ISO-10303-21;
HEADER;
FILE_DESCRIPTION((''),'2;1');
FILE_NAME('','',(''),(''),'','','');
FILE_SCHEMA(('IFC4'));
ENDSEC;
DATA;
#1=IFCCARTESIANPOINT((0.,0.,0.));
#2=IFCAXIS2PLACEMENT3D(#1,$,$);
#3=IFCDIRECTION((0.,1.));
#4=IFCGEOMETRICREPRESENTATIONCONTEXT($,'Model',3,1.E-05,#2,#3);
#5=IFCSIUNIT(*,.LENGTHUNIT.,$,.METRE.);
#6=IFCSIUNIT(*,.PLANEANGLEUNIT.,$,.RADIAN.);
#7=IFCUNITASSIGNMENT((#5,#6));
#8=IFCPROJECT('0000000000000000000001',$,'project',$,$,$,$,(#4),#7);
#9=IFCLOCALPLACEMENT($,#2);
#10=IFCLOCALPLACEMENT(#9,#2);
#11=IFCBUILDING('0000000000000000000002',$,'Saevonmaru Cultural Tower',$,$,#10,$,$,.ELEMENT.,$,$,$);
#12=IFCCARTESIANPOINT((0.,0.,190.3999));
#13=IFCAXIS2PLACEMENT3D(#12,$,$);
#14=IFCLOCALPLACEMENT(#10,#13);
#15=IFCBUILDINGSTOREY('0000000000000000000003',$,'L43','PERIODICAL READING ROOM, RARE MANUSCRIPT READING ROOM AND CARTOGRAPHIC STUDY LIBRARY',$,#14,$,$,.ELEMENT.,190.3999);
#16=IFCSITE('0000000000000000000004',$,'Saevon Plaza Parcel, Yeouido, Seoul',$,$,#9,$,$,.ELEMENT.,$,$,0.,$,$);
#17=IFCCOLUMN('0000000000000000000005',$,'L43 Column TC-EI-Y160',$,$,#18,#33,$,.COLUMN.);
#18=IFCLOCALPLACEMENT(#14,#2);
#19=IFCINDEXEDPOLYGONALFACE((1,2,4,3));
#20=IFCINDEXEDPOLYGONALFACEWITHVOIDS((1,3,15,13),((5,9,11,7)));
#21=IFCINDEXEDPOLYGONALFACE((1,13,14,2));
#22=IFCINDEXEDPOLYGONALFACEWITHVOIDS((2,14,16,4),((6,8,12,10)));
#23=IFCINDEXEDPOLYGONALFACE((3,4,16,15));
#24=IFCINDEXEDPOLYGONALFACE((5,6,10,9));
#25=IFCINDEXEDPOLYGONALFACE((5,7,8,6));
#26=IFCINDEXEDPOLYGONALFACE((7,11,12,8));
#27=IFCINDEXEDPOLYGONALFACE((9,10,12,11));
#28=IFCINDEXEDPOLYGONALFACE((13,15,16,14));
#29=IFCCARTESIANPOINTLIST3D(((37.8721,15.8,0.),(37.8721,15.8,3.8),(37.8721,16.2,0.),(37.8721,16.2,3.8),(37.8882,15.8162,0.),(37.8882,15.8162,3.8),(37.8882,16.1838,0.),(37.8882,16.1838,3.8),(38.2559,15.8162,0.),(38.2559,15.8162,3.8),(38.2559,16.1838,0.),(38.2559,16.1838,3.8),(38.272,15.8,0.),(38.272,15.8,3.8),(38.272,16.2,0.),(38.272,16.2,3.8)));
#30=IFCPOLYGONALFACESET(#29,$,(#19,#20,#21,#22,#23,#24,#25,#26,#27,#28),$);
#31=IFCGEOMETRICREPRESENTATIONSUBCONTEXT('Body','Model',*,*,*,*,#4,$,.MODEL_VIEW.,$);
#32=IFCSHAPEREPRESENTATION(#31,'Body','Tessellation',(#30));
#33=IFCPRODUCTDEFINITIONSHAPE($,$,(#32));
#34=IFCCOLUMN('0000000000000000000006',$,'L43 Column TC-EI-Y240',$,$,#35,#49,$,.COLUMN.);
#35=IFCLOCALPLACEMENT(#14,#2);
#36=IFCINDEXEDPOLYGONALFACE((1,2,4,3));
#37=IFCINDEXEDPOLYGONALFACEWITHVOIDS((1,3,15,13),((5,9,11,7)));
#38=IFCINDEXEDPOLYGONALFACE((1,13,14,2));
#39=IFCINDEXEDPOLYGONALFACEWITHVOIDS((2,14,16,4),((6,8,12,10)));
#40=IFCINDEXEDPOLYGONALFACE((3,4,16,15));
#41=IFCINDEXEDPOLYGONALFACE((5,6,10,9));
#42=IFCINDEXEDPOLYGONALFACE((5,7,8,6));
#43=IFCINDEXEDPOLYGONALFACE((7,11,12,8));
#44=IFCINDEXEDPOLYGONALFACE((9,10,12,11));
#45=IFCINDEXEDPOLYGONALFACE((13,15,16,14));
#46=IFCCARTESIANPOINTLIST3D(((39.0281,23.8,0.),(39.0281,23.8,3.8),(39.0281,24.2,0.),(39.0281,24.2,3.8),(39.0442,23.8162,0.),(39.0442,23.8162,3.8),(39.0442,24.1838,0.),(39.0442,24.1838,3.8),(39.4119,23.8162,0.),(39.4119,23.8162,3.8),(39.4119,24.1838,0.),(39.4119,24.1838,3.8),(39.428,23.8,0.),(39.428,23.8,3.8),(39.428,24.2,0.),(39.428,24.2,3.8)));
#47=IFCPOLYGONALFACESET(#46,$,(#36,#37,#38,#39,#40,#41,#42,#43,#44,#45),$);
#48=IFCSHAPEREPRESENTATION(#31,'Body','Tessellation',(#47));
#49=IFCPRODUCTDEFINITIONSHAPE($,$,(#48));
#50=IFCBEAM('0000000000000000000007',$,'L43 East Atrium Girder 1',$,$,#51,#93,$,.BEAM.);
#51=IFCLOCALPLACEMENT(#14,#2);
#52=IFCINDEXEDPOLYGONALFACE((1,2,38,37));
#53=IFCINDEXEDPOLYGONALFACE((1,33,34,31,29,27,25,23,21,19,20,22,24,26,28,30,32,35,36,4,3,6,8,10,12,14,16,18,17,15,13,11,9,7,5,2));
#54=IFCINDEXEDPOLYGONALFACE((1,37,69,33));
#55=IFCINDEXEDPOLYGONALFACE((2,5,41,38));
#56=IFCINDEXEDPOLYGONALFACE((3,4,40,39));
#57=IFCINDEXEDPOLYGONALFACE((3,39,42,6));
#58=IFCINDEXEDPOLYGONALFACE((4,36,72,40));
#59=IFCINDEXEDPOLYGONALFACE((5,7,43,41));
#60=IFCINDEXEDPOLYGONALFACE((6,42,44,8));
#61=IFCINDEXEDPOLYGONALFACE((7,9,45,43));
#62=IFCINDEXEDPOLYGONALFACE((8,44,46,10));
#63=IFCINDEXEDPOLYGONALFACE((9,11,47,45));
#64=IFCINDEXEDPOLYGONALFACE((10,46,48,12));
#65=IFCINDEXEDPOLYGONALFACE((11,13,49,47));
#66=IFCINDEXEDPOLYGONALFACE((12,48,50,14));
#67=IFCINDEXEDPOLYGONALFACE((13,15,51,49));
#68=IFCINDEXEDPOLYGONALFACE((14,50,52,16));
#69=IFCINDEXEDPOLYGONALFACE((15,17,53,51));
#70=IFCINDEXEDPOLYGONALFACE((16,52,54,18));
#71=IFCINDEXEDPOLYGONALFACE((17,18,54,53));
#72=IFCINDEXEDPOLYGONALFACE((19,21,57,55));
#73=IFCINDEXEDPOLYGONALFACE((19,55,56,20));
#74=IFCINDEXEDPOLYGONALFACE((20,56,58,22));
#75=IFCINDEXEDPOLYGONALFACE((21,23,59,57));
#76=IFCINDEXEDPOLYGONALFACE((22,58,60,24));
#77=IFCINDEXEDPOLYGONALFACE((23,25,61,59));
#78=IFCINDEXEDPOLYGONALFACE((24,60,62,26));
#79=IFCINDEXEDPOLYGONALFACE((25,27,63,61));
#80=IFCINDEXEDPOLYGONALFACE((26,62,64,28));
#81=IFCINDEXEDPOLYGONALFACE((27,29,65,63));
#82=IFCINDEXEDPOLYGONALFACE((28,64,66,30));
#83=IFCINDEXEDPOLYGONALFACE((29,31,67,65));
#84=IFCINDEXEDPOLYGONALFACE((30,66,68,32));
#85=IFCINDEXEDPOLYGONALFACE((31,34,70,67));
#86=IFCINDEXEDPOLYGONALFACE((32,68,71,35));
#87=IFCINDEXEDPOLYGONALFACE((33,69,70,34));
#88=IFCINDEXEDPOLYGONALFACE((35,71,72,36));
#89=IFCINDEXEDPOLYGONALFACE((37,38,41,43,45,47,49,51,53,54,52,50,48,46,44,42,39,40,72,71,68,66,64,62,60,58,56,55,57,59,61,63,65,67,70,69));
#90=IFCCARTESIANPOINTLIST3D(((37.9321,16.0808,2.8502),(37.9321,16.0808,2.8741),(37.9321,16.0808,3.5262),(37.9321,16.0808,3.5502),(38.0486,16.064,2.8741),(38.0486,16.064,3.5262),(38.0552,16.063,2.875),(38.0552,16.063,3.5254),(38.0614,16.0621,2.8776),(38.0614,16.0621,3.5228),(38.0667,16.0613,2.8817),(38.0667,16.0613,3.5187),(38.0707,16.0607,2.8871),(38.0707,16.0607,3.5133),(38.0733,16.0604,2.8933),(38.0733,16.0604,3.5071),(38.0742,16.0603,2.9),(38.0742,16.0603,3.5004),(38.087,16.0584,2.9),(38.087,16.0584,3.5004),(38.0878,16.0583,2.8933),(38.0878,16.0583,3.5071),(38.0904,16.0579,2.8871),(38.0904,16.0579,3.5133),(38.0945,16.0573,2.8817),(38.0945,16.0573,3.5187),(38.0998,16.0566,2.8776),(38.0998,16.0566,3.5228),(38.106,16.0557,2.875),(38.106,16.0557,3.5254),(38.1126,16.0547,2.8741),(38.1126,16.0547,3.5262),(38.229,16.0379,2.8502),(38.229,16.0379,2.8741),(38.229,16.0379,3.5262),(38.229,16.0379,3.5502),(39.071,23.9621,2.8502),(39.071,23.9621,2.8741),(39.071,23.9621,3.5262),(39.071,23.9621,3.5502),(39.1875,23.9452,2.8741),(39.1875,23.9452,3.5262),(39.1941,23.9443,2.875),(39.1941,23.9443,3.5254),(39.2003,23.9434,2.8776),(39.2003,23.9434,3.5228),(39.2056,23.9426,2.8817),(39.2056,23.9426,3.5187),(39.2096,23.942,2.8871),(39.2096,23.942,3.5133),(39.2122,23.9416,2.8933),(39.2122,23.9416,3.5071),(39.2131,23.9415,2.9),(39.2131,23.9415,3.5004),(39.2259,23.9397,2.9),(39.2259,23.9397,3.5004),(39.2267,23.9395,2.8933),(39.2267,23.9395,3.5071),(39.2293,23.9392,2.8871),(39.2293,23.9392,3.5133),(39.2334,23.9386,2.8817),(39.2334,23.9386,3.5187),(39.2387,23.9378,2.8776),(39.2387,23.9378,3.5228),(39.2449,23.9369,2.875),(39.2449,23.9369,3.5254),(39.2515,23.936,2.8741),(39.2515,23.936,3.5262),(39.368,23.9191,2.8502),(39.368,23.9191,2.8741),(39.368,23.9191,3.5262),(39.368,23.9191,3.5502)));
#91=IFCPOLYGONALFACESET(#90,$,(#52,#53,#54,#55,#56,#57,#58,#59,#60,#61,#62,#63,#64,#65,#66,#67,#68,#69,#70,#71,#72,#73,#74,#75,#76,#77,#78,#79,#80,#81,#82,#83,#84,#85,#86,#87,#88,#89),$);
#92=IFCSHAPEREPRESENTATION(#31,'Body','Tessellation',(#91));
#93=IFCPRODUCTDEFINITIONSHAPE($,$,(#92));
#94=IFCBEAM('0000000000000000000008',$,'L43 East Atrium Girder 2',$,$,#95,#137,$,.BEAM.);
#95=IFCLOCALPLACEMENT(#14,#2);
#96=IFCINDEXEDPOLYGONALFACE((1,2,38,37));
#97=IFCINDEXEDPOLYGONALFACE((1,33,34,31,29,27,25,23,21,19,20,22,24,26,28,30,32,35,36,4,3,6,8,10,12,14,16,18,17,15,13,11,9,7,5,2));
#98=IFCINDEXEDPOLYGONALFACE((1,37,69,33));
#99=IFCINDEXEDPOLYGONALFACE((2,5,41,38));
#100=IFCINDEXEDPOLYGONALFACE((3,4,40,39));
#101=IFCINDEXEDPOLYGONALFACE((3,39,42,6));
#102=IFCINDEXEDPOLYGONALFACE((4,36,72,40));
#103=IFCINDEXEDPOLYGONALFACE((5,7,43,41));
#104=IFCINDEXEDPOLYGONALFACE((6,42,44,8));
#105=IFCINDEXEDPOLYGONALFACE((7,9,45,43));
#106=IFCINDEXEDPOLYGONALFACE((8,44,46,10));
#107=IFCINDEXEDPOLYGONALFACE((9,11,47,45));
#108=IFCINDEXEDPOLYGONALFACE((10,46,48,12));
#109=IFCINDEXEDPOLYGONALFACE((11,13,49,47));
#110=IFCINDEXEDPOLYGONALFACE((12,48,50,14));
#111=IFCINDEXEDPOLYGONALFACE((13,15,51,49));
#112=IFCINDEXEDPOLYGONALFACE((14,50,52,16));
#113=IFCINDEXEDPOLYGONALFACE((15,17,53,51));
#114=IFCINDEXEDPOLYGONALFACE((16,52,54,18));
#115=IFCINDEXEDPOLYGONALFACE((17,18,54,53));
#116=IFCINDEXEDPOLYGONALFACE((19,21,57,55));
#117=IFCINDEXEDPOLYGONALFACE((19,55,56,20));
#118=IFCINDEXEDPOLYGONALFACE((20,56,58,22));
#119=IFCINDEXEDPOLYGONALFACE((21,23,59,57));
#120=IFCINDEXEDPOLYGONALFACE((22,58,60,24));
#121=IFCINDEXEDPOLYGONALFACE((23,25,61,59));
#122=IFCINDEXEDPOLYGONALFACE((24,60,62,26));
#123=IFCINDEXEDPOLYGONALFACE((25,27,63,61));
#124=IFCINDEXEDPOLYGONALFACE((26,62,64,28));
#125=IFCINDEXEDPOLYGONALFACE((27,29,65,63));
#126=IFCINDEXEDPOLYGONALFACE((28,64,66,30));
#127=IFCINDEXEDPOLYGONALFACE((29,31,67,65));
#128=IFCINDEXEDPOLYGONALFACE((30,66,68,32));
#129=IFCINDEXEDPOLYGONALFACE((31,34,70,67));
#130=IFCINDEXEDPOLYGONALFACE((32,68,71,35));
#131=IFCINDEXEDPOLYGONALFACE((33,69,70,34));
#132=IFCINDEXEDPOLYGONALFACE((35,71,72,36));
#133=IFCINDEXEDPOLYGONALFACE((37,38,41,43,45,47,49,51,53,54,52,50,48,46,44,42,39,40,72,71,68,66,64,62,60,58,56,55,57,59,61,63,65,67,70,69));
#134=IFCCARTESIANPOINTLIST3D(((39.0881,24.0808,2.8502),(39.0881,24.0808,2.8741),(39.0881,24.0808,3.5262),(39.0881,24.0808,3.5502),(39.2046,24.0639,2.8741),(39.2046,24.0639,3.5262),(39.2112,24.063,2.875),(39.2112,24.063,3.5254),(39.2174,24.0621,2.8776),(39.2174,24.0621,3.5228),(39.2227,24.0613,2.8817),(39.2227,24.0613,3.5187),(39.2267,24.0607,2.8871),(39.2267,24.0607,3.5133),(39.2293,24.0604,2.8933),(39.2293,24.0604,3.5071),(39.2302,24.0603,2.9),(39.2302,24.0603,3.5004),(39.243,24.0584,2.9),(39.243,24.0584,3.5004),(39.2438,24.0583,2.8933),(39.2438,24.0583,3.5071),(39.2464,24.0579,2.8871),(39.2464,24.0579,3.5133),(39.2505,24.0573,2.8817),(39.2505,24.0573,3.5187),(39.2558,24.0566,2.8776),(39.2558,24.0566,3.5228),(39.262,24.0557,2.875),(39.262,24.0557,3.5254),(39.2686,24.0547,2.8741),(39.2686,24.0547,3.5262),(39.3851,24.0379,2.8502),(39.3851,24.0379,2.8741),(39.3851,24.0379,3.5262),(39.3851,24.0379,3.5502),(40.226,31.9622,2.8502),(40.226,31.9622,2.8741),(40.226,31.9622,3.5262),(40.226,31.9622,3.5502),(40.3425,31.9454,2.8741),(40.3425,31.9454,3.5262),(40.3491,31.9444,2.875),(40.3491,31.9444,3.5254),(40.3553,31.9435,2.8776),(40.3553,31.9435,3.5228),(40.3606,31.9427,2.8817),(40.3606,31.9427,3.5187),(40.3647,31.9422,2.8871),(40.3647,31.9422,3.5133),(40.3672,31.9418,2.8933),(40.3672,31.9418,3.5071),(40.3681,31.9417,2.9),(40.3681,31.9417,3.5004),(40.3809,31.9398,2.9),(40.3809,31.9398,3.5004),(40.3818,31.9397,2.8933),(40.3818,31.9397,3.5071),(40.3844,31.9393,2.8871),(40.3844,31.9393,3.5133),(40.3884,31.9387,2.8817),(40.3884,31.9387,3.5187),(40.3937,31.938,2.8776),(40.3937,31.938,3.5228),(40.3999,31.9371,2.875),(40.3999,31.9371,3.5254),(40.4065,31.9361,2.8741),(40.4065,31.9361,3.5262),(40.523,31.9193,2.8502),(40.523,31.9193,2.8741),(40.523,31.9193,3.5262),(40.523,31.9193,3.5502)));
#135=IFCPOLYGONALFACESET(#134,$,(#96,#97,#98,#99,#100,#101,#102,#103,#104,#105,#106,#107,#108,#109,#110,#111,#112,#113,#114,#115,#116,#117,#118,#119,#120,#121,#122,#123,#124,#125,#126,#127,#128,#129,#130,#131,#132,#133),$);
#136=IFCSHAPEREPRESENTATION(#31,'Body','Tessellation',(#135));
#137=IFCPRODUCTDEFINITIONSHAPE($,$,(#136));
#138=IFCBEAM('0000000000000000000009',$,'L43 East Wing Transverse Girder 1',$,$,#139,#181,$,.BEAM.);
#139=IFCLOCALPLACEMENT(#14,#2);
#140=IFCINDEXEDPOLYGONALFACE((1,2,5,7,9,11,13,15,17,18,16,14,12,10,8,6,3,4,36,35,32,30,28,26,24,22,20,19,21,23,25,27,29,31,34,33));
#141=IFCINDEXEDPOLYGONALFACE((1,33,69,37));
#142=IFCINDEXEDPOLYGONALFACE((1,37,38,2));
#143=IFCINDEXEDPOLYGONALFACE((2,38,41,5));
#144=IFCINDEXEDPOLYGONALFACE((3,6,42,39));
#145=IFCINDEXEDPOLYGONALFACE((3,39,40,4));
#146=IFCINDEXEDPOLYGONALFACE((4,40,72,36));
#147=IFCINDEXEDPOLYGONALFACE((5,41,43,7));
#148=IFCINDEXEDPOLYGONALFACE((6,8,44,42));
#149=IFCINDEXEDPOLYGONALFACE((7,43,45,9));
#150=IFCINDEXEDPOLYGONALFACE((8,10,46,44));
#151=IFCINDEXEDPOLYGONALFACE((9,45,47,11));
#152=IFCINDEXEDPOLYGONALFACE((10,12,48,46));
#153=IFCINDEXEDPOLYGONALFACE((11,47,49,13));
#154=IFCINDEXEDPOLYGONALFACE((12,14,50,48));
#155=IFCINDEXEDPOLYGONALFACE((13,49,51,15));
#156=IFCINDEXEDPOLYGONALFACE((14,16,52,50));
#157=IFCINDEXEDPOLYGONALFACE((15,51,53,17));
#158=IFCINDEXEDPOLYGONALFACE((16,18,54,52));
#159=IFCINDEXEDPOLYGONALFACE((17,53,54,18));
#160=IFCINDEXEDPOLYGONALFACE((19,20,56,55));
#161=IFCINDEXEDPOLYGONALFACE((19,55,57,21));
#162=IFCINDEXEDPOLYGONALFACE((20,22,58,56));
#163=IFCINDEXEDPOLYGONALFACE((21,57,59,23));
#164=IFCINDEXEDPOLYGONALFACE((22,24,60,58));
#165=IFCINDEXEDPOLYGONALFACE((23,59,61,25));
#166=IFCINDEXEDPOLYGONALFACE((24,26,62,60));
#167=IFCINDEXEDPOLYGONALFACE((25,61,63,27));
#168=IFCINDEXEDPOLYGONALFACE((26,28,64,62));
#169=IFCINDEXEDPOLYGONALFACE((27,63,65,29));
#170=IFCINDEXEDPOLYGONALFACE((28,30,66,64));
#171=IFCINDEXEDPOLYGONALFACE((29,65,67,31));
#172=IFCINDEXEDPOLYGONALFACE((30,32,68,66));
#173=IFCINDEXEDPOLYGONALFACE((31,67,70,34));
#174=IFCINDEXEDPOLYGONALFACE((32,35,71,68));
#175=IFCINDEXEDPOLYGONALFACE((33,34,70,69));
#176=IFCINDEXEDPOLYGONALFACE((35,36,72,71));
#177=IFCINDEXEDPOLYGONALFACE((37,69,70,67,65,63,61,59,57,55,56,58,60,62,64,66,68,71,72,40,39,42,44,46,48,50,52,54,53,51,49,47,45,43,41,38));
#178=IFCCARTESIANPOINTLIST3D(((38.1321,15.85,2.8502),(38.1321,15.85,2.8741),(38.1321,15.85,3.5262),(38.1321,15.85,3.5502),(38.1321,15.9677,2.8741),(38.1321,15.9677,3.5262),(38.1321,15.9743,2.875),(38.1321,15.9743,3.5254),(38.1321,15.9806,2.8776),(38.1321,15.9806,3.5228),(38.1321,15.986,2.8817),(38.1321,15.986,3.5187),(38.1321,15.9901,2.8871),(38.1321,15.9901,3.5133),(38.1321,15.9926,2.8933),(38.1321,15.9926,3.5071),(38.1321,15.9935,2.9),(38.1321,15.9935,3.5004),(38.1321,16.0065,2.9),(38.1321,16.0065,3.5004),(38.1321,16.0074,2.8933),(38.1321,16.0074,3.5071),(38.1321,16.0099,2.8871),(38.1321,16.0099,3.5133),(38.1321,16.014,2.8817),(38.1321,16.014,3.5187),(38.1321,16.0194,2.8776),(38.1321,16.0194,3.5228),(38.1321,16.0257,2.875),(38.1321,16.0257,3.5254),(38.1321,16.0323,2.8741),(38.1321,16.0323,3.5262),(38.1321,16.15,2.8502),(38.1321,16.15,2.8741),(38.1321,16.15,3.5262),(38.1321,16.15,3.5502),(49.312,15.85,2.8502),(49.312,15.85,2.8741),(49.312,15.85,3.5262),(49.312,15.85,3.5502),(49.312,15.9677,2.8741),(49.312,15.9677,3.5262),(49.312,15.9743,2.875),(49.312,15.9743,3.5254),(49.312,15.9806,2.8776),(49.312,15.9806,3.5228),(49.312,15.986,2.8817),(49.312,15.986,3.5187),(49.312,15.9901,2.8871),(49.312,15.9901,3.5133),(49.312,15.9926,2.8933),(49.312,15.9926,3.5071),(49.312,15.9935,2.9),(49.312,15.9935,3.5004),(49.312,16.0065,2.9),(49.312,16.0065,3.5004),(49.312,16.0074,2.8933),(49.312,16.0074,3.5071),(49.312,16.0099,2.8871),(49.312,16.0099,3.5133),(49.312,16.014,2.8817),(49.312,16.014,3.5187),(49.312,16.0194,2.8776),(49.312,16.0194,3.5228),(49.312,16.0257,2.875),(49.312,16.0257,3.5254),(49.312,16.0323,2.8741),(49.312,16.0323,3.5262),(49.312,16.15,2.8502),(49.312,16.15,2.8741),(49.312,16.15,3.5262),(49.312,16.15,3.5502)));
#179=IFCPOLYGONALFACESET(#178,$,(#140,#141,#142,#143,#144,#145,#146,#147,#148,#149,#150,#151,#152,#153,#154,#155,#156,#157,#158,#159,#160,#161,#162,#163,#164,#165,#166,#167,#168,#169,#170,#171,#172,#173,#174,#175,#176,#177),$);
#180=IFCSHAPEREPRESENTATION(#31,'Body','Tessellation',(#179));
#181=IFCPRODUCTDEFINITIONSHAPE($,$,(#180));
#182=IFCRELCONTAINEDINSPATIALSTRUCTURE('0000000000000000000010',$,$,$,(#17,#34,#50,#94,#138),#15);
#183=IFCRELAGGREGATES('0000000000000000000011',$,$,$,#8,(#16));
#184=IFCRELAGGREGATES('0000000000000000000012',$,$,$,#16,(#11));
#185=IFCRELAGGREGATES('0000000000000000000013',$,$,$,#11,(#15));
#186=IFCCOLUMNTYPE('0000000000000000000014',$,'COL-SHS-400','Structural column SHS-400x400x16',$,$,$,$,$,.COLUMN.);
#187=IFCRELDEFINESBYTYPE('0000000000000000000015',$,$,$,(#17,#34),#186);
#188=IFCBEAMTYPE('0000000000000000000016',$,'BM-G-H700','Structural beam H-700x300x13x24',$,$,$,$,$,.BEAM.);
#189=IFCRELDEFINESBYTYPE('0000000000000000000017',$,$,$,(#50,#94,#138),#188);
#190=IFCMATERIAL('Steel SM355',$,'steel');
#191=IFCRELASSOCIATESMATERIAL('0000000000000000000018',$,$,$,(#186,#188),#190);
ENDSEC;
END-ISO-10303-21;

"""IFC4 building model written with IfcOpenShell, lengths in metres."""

from ifc_helpers import new_model, si_unit, direction, frame, origin, origin_2d, place, context, subcontext, project, spatial, hollow_rectangle, i_section, extrude, material, material_profile, profile_set, type_object, element, save


model = new_model("IFC4")

# Units and contexts
model_context = context("Model", 3, precision=1e-05, world=origin(), true_north=direction((0.0, 1.0)))
body_context = subcontext(model_context, "Body", "Model", "MODEL_VIEW")
ifc_project = project(units=[si_unit("LENGTHUNIT", "METRE"), si_unit("PLANEANGLEUNIT", "RADIAN")], contexts=[model_context])

# Site, building, storey
site_placement = place(None, origin())
site = spatial("IfcSite", under=ifc_project, at=site_placement, Name="Saevon Plaza Parcel, Yeouido, Seoul", CompositionType="ELEMENT", RefElevation=0.0)
building_placement = place(site_placement, origin())
building = spatial("IfcBuilding", under=site, at=building_placement, Name="Saevonmaru Cultural Tower", CompositionType="ELEMENT")
storey_placement = place(building_placement, frame((0.0, 0.0, 190.3999)))
storey = spatial("IfcBuildingStorey", under=building, at=storey_placement, Name="L43", Description="PERIODICAL READING ROOM, RARE MANUSCRIPT READING ROOM AND CARTOGRAPHIC STUDY LIBRARY", CompositionType="ELEMENT", Elevation=190.3999)

# Columns
ifc_material_1 = material(Name="Steel SM355", Category="steel")
ifc_material_profile_1 = material_profile(ifc_material_1, hollow_rectangle(XDim=0.3999, YDim=0.3999, WallThickness=0.0161, at=origin_2d()), Name="SHS-400x400x16")
ifc_profile_set_1 = profile_set([ifc_material_profile_1], Name="Steel SM355")
column_type = type_object("IfcColumnType", Name="COL-SHS-400", Description="Structural column SHS-400x400x16", PredefinedType="COLUMN", material=ifc_profile_set_1)
for number, where, z_axis, x_axis, name in (
    (1, (38.072, 16.0, 0.0), (0.0, 0.0, 1.0), (1.0, 0.0, 0.0), "L43 Column TC-EI-Y160"),
    (2, (39.228, 24.0, 0.0), (0.0, 0.0, 1.0), (1.0, 0.0, 0.0), "L43 Column TC-EI-Y240"),
):
    element("IfcColumn", number, at=place(storey_placement, frame(where, z_axis=z_axis, x_axis=x_axis)), inside=storey, type_object=column_type, Name=name, PredefinedType="COLUMN", context=body_context, shape_type="SweptSolid", body=[
        extrude(hollow_rectangle(XDim=0.3999, YDim=0.3999, WallThickness=0.0161, at=origin_2d()), origin(), (0.0, 0.0, 1.0), 3.8),
    ])

# Beams
ifc_material_profile_2 = material_profile(ifc_material_1, i_section(OverallWidth=0.3, OverallDepth=0.7, WebThickness=0.0129, FlangeThickness=0.0239, FilletRadius=0.0259, at=origin_2d()), Name="H-700x300x13x24")
ifc_profile_set_2 = profile_set([ifc_material_profile_2], Name="Steel SM355")
beam_type_1 = type_object("IfcBeamType", Name="BM-G-H700", Description="Structural beam H-700x300x13x24", PredefinedType="BEAM", material=ifc_profile_set_2)
for number, where, z_axis, x_axis, name in (
    (3, (38.0806, 16.0593, 3.2002), (0.143022, 0.989719, 0.0), (-0.989719, 0.143022, 0.0), "L43 East Atrium Girder 1"),
    (4, (39.2366, 24.0593, 3.2002), (0.142902, 0.989737, 0.0), (-0.989737, 0.142902, 0.0), "L43 East Atrium Girder 2"),
):
    element("IfcBeam", number, at=place(storey_placement, frame(where, z_axis=z_axis, x_axis=x_axis)), inside=storey, type_object=beam_type_1, Name=name, PredefinedType="BEAM", context=body_context, shape_type="SweptSolid", body=[
        extrude(i_section(OverallWidth=0.3, OverallDepth=0.7, WebThickness=0.0129, FlangeThickness=0.0239, FilletRadius=0.0259, at=origin_2d()), origin(), (0.0, 0.0, 1.0), 7.9631),
    ])
beam_1_placement = place(storey_placement, frame((38.1321, 16.0, 3.2002), z_axis=(1.0, 0.0, 0.0), x_axis=(0.0, 1.0, 0.0)))
element("IfcBeam", 5, at=beam_1_placement, inside=storey, type_object=beam_type_1, Name="L43 East Wing Transverse Girder 1", PredefinedType="BEAM", context=body_context, shape_type="SweptSolid", body=[
    extrude(i_section(OverallWidth=0.3, OverallDepth=0.7, WebThickness=0.0129, FlangeThickness=0.0239, FilletRadius=0.0259, at=origin_2d()), origin(), (0.0, 0.0, 1.0), 11.1799),
])

save(model, "model.ifc")
